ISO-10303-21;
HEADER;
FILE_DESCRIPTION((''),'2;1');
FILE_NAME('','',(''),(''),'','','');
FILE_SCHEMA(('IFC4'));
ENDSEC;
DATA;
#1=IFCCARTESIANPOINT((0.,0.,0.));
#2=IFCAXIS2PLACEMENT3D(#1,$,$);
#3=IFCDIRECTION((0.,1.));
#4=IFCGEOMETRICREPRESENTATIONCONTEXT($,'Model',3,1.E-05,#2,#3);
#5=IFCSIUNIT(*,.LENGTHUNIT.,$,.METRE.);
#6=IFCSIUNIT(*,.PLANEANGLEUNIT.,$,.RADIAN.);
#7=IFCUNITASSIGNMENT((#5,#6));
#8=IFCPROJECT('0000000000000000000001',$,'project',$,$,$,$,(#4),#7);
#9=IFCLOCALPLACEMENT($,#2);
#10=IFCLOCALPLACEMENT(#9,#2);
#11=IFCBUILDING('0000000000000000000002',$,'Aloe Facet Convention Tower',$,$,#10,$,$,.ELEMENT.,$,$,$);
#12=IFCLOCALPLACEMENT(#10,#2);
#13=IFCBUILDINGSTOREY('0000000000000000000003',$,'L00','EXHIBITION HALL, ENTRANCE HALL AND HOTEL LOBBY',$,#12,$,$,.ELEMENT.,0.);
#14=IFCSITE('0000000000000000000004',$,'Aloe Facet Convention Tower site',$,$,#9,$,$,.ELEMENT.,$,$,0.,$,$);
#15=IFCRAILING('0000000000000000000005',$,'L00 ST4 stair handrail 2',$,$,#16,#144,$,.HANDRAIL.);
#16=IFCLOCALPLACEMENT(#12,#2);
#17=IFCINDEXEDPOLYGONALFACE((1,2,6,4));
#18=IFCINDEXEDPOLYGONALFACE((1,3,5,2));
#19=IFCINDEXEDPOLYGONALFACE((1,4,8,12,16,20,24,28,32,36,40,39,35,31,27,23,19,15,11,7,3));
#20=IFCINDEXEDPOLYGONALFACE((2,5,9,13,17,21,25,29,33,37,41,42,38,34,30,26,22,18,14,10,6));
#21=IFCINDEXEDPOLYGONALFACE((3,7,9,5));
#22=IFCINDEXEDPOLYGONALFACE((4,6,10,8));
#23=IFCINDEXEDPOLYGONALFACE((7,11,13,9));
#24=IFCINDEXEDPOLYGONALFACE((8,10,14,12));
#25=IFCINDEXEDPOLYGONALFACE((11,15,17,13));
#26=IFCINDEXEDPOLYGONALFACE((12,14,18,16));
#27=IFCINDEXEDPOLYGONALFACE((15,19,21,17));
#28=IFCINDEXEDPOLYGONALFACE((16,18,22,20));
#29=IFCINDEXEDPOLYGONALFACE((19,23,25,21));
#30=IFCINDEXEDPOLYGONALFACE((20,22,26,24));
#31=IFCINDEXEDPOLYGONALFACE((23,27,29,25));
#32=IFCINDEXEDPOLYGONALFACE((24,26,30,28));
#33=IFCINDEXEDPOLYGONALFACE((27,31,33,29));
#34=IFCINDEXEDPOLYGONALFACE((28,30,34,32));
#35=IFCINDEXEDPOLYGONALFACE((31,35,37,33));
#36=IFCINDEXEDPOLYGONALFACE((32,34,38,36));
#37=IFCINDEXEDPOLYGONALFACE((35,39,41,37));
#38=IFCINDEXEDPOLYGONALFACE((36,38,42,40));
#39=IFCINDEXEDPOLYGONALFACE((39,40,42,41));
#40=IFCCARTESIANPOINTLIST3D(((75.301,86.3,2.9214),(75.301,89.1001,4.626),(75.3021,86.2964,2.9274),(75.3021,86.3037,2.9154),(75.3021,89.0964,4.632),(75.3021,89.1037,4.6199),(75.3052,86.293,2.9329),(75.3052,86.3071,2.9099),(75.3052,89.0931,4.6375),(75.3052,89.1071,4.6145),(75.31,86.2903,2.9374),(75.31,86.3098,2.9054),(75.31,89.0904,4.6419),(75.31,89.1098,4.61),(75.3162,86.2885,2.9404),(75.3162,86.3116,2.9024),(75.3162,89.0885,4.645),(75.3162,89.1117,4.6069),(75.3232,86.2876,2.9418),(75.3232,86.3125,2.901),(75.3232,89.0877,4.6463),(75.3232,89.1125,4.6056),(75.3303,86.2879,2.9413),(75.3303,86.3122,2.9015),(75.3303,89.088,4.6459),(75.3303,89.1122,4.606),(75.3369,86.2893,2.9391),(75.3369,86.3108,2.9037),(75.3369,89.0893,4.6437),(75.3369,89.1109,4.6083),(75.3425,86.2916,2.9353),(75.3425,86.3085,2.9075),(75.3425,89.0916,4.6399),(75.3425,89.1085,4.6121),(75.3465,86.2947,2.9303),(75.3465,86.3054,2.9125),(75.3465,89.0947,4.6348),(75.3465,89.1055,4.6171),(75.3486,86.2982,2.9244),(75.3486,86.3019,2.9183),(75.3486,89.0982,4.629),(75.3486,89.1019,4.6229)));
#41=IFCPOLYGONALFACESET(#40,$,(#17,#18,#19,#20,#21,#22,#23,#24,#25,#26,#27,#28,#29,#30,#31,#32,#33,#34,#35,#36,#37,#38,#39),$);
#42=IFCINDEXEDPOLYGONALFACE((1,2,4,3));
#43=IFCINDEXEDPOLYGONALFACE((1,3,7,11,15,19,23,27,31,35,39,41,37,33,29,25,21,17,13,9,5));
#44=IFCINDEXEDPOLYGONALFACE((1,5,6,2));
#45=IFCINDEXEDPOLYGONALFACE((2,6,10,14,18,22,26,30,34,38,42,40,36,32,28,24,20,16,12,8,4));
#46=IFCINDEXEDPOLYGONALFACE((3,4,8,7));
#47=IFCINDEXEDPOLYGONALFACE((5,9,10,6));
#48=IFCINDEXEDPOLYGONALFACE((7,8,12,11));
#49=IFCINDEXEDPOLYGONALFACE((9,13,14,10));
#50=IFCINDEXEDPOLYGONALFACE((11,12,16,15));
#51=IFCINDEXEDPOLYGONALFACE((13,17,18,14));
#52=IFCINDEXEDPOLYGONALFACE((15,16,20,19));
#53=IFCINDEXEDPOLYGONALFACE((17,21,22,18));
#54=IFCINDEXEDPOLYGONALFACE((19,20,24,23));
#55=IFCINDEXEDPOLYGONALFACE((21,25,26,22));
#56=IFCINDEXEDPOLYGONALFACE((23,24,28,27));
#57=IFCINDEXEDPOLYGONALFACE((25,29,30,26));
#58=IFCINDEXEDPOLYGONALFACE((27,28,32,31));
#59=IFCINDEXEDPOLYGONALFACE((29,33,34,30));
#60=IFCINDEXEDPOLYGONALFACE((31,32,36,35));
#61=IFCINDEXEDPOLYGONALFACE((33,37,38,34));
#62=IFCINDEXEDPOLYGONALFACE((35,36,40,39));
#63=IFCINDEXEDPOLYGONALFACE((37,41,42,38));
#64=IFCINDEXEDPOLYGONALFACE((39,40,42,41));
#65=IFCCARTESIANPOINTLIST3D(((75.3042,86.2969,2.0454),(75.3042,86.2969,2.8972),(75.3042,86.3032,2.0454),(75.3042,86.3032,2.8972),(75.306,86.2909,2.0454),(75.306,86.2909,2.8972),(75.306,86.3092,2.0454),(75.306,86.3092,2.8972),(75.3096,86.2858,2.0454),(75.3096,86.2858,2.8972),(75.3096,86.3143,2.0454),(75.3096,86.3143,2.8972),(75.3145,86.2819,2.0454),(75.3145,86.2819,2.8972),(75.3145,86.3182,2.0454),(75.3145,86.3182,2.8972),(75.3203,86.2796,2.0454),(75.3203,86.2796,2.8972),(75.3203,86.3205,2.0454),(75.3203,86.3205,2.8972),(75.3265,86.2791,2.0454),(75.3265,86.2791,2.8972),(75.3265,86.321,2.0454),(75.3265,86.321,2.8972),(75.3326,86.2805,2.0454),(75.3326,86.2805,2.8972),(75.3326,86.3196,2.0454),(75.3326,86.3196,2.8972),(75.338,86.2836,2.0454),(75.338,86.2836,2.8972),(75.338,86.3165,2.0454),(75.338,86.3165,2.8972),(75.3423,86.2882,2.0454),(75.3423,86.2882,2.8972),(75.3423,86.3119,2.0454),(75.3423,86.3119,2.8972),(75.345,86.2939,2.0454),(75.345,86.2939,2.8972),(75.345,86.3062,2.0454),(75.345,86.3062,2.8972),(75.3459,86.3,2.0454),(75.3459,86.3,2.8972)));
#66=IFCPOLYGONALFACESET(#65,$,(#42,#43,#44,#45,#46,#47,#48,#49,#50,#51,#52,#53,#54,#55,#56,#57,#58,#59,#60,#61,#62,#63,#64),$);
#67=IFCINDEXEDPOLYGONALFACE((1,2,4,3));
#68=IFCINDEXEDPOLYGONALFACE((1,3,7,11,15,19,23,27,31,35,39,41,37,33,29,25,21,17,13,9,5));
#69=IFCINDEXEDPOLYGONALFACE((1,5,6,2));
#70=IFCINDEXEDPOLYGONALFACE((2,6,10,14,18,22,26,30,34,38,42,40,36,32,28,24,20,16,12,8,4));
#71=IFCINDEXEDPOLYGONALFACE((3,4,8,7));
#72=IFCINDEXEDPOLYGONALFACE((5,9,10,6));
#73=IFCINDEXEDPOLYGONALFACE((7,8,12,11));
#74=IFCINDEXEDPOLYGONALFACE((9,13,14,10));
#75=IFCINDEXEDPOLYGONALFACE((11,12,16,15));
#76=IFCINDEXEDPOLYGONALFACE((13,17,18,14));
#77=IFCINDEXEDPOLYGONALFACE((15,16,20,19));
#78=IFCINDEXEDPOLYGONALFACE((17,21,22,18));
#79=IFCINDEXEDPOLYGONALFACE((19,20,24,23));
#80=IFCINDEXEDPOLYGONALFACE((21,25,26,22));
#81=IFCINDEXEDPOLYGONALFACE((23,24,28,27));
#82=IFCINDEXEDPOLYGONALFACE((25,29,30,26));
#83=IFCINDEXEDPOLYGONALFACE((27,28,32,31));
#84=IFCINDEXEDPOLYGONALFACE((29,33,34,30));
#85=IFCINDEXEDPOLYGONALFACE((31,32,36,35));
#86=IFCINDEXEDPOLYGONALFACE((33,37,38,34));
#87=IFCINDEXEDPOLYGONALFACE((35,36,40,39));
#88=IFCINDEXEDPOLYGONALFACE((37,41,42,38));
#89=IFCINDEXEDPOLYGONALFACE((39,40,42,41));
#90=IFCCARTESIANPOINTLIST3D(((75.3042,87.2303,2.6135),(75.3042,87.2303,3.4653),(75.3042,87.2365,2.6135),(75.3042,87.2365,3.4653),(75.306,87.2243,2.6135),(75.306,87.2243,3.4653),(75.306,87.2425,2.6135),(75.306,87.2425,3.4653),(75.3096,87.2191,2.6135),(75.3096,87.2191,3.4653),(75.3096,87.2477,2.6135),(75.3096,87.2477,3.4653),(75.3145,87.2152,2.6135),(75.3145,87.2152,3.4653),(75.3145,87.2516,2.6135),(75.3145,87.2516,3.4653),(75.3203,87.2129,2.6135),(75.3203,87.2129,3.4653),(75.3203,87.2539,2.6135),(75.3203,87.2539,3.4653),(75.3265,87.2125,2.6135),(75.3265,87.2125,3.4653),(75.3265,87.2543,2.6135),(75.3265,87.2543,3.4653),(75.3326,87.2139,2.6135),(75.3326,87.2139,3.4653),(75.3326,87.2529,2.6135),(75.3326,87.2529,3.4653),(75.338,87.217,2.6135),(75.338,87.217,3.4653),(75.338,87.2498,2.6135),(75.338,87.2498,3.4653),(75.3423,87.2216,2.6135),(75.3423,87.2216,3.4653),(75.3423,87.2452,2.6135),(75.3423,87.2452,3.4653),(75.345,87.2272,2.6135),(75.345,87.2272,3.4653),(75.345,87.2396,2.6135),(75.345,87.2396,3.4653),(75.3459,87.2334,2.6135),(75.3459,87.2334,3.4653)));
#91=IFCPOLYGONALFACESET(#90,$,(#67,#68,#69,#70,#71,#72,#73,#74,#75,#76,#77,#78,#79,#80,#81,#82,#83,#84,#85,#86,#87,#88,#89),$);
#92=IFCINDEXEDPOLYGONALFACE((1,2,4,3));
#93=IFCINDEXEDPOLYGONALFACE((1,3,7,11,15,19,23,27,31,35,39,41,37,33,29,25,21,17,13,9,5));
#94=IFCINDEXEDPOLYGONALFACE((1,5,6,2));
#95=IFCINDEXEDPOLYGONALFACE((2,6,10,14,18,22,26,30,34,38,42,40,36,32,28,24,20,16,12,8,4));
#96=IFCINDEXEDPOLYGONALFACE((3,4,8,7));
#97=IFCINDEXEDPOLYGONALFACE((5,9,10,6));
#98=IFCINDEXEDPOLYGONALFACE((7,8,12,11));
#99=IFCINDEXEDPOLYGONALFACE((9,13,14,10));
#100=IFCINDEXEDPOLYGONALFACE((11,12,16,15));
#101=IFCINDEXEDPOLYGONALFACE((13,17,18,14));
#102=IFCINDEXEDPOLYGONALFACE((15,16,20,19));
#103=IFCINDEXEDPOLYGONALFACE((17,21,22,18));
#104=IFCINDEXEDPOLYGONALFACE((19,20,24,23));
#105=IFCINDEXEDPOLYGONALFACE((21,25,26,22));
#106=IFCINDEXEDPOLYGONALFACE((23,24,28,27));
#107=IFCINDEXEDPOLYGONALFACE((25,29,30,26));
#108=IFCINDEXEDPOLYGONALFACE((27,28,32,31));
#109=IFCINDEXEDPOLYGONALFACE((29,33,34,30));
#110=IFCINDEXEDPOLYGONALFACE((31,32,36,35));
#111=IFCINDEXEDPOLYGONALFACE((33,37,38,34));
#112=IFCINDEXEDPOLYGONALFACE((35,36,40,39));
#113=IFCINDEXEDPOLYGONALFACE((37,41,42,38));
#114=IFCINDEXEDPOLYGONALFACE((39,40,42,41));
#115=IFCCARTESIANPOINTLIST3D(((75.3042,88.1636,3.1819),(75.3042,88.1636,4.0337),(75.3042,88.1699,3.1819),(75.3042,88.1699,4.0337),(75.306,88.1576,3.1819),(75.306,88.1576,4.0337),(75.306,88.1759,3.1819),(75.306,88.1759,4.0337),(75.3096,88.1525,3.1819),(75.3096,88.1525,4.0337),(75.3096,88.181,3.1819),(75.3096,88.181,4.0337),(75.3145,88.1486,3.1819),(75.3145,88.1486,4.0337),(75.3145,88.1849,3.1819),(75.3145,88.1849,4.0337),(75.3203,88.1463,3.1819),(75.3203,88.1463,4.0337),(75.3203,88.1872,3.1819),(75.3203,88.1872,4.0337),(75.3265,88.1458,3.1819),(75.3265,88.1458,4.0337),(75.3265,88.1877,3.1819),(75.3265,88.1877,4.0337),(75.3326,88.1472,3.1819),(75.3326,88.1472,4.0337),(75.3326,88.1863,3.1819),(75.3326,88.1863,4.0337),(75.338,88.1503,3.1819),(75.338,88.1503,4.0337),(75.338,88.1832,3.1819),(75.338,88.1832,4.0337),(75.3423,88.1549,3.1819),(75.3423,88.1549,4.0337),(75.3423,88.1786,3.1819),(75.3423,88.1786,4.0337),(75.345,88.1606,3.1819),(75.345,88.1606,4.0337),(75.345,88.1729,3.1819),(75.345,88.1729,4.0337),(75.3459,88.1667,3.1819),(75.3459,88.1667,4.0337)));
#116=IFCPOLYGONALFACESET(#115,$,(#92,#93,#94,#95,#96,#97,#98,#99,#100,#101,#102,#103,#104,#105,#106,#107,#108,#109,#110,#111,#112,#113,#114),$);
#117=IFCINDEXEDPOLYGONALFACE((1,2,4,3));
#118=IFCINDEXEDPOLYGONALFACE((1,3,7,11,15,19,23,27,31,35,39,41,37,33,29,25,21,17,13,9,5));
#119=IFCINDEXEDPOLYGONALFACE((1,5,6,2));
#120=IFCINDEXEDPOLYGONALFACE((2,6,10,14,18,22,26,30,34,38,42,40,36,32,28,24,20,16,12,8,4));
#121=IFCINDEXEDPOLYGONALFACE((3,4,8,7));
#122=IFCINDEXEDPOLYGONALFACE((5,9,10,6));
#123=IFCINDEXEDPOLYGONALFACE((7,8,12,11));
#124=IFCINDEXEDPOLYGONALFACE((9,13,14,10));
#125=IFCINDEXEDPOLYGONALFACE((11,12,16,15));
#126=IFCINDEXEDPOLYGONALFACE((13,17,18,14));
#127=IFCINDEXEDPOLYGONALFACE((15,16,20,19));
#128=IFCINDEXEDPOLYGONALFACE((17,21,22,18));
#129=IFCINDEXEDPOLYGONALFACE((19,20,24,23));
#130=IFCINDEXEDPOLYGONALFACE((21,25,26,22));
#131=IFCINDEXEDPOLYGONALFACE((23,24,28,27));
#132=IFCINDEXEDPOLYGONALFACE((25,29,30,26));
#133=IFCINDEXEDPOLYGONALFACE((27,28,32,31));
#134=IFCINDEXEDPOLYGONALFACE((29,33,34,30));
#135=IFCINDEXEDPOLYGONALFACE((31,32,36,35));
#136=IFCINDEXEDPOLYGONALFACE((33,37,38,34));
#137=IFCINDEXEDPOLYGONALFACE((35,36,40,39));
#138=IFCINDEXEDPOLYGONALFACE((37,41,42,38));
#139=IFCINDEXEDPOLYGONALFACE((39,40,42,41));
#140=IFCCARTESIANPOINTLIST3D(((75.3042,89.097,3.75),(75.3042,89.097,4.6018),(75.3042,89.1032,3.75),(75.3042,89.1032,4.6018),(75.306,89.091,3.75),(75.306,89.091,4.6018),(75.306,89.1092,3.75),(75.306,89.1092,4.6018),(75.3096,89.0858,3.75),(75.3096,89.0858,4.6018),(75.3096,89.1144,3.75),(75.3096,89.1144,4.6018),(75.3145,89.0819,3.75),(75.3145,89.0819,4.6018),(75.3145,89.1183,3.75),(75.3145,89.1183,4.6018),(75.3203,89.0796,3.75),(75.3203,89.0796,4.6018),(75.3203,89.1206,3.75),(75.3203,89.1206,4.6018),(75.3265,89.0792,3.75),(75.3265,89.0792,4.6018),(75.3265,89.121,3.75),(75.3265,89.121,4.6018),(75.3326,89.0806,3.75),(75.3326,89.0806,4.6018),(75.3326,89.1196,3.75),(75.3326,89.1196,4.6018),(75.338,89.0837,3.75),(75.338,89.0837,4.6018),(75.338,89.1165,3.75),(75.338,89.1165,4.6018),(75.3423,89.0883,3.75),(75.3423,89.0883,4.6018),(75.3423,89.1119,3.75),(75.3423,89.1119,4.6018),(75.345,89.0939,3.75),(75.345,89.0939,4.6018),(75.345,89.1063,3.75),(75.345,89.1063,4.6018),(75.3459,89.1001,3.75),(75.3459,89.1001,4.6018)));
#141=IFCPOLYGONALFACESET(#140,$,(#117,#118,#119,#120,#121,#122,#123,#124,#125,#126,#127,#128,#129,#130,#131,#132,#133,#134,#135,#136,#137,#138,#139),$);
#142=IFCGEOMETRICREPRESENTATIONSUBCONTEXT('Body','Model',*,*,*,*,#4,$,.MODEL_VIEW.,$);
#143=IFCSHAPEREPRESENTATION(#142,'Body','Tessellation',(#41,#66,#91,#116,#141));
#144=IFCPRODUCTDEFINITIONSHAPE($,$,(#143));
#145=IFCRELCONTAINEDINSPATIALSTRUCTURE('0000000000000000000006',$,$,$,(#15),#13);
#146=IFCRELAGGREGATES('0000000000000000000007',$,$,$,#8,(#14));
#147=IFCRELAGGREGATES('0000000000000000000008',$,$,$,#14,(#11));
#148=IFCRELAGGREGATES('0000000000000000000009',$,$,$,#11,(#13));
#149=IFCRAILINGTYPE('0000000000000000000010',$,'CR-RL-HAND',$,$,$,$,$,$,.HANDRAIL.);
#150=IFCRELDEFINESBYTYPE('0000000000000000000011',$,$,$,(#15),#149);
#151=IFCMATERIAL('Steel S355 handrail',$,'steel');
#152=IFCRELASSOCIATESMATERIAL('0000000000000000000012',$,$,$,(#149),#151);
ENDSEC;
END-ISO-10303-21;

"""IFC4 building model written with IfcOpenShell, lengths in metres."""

from ifc_helpers import new_model, si_unit, direction, frame, origin, origin_2d, place, context, subcontext, project, spatial, circle, extrude, material, type_object, element, save


model = new_model("IFC4")

# Units and contexts
model_context = context("Model", 3, precision=1e-05, world=origin(), true_north=direction((0.0, 1.0)))
body_context = subcontext(model_context, "Body", "Model", "MODEL_VIEW")
ifc_project = project(units=[si_unit("LENGTHUNIT", "METRE"), si_unit("PLANEANGLEUNIT", "RADIAN")], contexts=[model_context])

# Site, building, storey
site_placement = place(None, origin())
site = spatial("IfcSite", under=ifc_project, at=site_placement, Name="Aloe Facet Convention Tower site", CompositionType="ELEMENT", RefElevation=0.0)
building_placement = place(site_placement, origin())
building = spatial("IfcBuilding", under=site, at=building_placement, Name="Aloe Facet Convention Tower", CompositionType="ELEMENT")
storey_placement = place(building_placement, origin())
storey = spatial("IfcBuildingStorey", under=building, at=storey_placement, Name="L00", Description="EXHIBITION HALL, ENTRANCE HALL AND HOTEL LOBBY", CompositionType="ELEMENT", Elevation=0.0)

# Railing
ifc_material_1 = material(Name="Steel S355 handrail", Category="steel")
railing_type_1 = type_object("IfcRailingType", Name="CR-RL-HAND", PredefinedType="HANDRAIL", material=ifc_material_1)
railing_1_placement = place(storey_placement, frame((75.325, 86.3, 2.0454)))
element("IfcRailing", 1, at=railing_1_placement, inside=storey, type_object=railing_type_1, Name="L00 ST4 stair handrail 2", PredefinedType="HANDRAIL", context=body_context, shape_type="SweptSolid", body=[
    extrude(circle(Radius=0.0239, at=origin_2d()), frame((0.0, 0.0, 0.876), z_axis=(0.0, 0.85417, 0.519994), x_axis=(-1.0, 0.0, 0.0)), (0.0, 0.0, 1.0), 3.2781),
    extrude(circle(Radius=0.021, at=origin_2d()), origin(), (0.0, 0.0, 1.0), 0.8518),
    extrude(circle(Radius=0.021, at=origin_2d()), frame((0.0, 0.9333, 0.5681)), (0.0, 0.0, 1.0), 0.8518),
    extrude(circle(Radius=0.021, at=origin_2d()), frame((0.0, 1.8667, 1.1365)), (0.0, 0.0, 1.0), 0.8518),
    extrude(circle(Radius=0.021, at=origin_2d()), frame((0.0, 2.8, 1.7046)), (0.0, 0.0, 1.0), 0.8518),
])

save(model, "model.ifc")
